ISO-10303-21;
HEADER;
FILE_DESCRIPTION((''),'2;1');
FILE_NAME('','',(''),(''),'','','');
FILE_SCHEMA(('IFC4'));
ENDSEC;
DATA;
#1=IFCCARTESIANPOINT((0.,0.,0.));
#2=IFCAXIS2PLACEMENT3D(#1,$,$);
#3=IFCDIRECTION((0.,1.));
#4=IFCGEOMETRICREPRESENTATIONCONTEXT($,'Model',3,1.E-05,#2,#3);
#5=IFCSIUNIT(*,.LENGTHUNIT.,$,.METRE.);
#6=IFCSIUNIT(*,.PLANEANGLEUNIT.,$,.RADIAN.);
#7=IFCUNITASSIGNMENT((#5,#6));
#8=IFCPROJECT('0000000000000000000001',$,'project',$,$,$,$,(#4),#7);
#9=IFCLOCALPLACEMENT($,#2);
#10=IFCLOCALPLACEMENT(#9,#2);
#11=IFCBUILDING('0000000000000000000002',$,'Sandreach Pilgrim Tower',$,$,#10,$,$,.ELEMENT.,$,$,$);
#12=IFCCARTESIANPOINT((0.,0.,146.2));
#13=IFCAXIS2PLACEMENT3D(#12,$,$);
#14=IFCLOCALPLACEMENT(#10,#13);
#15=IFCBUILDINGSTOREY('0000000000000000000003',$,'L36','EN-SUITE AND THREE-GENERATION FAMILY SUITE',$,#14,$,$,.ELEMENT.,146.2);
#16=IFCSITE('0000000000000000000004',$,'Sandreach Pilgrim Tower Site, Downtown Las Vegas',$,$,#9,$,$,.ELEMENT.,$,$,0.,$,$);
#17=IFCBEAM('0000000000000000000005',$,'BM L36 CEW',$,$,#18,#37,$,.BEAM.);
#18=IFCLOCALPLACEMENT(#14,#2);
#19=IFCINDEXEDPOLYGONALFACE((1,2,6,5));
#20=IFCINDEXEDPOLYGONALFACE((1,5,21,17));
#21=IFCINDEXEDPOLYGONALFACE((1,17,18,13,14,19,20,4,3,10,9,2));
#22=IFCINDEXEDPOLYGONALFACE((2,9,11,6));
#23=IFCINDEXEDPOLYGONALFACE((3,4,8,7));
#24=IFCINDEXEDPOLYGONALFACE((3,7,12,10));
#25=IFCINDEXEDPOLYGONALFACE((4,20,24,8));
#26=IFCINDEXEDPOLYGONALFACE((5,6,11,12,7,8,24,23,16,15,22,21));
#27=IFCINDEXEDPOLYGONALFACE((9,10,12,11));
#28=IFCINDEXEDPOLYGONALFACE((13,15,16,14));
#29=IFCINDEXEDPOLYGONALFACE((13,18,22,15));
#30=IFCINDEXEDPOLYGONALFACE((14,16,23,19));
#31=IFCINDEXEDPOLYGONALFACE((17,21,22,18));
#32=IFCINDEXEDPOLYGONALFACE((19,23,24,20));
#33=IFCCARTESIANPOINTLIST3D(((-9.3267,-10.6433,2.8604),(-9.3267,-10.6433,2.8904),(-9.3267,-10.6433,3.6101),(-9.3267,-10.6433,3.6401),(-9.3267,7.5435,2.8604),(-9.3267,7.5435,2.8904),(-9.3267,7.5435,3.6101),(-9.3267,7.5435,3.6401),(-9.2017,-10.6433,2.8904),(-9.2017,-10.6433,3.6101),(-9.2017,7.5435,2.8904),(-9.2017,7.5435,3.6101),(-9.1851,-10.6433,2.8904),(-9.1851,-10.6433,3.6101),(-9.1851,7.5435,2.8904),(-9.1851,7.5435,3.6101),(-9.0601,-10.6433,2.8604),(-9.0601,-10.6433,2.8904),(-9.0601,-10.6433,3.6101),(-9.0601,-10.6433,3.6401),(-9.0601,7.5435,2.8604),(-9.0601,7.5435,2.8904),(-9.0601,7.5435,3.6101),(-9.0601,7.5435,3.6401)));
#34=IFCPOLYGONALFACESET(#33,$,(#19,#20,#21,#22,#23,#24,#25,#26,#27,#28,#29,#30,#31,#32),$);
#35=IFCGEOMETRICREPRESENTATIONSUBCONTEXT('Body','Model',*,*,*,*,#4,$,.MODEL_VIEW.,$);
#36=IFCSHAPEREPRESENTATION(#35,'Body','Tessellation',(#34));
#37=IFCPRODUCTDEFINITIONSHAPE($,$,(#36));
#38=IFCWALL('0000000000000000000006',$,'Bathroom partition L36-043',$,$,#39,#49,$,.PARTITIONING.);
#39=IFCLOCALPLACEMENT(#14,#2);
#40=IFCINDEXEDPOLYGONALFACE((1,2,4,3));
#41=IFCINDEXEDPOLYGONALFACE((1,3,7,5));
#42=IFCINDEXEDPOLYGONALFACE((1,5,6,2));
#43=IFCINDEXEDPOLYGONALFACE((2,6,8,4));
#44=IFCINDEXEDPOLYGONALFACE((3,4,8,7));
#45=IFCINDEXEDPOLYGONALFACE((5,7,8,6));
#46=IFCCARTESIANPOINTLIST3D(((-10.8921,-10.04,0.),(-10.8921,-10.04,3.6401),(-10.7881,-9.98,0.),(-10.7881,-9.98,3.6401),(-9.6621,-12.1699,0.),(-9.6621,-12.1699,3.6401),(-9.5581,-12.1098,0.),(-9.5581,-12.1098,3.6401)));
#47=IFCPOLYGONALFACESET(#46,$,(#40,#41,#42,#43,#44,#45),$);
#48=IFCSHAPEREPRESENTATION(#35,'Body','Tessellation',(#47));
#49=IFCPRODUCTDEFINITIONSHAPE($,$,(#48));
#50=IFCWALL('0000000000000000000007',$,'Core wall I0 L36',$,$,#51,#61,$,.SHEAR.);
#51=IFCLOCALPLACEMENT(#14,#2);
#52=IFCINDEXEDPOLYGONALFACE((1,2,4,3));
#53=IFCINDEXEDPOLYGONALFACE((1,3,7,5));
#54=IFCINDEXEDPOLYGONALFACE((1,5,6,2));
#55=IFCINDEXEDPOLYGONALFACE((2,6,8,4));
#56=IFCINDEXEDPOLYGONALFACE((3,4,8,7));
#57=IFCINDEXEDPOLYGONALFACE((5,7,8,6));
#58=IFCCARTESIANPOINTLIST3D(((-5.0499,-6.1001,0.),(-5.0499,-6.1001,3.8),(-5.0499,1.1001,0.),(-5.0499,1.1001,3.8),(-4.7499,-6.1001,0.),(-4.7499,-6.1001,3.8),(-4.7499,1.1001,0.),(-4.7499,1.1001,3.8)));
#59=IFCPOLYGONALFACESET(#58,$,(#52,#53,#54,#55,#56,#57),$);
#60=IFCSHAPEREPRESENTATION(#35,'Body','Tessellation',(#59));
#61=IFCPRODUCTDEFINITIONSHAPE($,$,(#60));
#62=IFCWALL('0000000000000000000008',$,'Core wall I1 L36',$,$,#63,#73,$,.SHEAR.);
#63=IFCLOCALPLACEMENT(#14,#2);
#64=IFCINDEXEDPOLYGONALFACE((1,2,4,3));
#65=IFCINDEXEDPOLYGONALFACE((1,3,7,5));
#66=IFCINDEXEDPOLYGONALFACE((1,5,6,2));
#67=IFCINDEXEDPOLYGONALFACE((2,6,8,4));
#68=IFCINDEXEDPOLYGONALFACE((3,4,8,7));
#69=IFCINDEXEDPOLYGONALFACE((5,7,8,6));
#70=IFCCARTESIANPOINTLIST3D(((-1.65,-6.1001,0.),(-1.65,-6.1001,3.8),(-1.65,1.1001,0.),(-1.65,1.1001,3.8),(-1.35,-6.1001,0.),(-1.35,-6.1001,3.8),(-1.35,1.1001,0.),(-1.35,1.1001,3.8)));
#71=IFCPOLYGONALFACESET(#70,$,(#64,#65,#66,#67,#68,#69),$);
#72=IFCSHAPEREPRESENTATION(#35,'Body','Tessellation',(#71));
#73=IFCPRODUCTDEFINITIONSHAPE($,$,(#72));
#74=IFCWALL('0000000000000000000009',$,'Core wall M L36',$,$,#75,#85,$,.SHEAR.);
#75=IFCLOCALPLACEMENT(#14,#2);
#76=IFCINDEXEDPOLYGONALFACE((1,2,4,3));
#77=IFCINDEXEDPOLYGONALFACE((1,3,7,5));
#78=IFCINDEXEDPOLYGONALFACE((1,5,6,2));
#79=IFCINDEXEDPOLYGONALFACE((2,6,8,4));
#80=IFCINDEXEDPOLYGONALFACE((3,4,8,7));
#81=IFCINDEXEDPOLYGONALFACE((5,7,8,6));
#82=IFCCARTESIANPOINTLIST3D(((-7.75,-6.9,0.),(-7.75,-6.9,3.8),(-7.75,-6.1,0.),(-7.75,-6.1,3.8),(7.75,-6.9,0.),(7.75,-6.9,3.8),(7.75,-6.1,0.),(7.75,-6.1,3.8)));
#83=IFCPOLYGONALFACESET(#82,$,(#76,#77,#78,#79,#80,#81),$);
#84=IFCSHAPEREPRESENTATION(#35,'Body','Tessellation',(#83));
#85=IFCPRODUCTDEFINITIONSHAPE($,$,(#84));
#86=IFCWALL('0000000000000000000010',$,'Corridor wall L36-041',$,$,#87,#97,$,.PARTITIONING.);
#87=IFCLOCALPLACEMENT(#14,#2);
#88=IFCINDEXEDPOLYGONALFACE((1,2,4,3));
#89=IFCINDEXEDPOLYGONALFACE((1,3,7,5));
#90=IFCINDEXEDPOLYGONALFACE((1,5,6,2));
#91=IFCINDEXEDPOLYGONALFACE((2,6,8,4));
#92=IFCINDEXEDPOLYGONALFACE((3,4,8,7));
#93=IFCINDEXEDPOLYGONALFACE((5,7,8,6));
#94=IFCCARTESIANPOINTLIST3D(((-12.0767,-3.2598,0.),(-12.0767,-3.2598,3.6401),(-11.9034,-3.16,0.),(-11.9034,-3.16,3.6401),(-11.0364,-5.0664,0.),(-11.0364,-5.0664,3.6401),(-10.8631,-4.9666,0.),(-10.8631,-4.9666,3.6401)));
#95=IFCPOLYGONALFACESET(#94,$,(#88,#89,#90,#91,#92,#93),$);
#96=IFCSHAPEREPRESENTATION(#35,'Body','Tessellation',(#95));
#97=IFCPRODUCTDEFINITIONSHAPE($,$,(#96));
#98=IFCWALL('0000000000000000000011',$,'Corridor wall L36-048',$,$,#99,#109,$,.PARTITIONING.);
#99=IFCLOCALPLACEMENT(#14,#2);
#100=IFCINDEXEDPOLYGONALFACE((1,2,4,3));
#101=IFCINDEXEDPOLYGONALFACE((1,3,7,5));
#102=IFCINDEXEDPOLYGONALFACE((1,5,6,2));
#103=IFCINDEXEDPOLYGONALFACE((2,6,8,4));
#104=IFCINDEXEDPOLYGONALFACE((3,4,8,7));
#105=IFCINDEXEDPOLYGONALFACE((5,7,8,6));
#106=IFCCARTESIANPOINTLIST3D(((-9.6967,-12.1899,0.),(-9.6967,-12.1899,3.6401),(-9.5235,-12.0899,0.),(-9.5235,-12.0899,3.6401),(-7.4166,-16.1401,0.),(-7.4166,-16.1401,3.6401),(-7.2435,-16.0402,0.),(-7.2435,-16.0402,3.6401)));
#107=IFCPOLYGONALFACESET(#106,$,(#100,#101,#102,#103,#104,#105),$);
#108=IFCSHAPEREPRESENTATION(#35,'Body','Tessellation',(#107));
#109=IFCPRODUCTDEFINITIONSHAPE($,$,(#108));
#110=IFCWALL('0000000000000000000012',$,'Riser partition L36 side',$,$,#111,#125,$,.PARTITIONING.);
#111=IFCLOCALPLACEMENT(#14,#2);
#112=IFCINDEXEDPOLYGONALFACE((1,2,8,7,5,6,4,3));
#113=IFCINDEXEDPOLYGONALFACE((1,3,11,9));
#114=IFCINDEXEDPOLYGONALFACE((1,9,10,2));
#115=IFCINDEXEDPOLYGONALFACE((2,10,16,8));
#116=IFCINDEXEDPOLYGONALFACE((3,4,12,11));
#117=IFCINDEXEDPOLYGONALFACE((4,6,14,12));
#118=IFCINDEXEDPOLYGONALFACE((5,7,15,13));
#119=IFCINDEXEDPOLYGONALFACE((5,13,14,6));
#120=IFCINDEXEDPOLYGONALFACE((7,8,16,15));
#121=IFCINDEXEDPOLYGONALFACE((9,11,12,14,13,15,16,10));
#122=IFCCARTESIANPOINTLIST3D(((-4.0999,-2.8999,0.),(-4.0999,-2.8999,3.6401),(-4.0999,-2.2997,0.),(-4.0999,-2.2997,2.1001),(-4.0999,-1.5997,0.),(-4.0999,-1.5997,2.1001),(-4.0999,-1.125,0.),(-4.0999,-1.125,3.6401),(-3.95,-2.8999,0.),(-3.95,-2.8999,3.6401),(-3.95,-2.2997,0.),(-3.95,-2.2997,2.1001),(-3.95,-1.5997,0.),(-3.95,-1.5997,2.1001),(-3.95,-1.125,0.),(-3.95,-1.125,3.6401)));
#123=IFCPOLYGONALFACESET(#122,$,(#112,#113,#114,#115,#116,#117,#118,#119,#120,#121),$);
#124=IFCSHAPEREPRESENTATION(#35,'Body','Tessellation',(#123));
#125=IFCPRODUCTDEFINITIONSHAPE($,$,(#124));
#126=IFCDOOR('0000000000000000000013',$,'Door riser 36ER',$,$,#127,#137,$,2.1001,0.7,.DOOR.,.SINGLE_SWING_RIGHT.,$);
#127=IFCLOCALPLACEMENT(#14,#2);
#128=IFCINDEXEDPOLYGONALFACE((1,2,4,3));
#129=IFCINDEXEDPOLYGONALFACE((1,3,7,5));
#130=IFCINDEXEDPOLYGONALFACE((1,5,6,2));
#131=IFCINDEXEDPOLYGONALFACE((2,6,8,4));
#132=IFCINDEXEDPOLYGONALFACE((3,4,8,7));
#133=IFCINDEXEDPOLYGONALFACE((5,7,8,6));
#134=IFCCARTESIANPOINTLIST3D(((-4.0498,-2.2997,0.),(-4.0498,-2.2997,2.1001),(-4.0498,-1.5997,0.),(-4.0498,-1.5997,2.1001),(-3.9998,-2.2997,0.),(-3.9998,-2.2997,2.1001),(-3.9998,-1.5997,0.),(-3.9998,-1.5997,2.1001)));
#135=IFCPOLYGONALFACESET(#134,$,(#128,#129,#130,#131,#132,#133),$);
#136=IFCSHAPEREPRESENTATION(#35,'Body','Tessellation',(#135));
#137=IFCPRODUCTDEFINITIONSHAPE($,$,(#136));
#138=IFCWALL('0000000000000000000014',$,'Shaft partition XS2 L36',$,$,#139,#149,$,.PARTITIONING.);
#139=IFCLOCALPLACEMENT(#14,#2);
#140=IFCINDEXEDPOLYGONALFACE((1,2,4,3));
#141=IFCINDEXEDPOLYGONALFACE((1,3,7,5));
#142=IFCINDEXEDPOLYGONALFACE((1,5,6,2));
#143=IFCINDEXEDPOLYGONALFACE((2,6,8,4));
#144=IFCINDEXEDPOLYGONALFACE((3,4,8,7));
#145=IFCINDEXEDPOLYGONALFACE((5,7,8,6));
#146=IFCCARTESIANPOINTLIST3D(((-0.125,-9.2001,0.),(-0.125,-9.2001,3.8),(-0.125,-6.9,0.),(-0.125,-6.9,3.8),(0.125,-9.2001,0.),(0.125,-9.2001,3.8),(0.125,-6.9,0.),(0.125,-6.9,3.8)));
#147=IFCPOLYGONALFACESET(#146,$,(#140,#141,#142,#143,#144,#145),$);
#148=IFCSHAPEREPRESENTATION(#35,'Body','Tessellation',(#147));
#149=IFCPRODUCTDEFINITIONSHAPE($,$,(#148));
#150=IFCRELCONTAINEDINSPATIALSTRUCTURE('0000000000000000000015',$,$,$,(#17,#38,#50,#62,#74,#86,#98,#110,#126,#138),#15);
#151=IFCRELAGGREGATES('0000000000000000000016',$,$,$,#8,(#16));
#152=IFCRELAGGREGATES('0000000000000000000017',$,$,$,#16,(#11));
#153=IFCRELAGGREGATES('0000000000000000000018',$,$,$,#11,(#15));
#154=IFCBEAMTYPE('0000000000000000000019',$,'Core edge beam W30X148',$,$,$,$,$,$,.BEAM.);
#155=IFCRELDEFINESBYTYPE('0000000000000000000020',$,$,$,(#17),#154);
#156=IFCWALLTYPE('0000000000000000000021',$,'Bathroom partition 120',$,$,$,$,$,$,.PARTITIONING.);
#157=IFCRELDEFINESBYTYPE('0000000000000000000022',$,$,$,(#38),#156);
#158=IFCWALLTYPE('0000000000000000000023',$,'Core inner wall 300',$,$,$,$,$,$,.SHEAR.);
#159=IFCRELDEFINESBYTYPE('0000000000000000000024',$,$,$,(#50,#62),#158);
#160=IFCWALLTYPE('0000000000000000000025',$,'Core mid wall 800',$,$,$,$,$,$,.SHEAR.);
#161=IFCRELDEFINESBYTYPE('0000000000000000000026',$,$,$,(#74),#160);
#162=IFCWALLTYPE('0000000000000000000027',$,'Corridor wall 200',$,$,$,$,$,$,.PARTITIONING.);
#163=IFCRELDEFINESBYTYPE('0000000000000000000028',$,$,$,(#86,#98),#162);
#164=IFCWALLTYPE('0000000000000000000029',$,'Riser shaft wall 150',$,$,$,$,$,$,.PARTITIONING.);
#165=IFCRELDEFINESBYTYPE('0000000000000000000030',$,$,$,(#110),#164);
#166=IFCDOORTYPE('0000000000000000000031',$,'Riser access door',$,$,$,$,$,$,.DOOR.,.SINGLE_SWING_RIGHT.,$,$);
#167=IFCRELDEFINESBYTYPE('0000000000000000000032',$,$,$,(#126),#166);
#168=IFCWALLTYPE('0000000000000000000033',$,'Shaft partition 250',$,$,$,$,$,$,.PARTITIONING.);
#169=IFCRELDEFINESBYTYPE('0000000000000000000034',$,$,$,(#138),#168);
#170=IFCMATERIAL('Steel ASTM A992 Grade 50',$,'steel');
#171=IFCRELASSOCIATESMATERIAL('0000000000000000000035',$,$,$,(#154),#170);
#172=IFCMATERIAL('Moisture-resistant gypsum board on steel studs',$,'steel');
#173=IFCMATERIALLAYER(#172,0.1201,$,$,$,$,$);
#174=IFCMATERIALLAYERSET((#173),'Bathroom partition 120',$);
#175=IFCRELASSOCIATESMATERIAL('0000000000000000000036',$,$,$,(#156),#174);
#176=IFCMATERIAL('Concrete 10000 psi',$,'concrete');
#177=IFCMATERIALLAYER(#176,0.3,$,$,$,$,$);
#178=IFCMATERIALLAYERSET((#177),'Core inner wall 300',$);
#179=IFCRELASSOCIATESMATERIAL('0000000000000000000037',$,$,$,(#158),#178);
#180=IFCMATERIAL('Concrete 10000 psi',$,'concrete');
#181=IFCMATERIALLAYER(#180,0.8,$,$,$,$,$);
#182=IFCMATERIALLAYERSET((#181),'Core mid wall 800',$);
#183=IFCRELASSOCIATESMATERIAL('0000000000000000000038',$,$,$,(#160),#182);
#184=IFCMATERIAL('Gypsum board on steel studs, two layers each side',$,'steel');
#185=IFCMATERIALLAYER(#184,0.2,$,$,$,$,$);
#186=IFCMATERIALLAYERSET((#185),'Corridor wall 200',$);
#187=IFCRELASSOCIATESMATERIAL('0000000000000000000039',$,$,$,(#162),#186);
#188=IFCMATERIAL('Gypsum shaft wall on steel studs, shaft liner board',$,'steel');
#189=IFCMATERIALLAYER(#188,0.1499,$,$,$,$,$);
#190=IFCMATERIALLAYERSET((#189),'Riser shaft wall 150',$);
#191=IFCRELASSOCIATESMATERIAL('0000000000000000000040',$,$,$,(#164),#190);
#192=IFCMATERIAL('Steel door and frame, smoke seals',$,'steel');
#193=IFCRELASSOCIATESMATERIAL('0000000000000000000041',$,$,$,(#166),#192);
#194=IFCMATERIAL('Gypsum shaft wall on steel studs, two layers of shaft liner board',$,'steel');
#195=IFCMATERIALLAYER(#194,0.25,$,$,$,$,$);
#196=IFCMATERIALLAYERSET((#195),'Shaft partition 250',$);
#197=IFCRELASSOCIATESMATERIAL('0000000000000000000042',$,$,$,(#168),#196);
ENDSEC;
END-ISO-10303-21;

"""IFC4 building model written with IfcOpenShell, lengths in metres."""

from ifc_helpers import new_model, si_unit, direction, frame, frame_2d, origin, origin_2d, place, context, subcontext, project, spatial, rectangle, i_section, extrude, material, layer, layer_set, material_profile, profile_set, type_object, element, fill, save


model = new_model("IFC4")

# Units and contexts
model_context = context("Model", 3, precision=1e-05, world=origin(), true_north=direction((0.0, 1.0)))
body_context = subcontext(model_context, "Body", "Model", "MODEL_VIEW")
ifc_project = project(units=[si_unit("LENGTHUNIT", "METRE"), si_unit("PLANEANGLEUNIT", "RADIAN")], contexts=[model_context])

# Site, building, storey
site_placement = place(None, origin())
site = spatial("IfcSite", under=ifc_project, at=site_placement, Name="Sandreach Pilgrim Tower Site, Downtown Las Vegas", CompositionType="ELEMENT", RefElevation=0.0)
building_placement = place(site_placement, origin())
building = spatial("IfcBuilding", under=site, at=building_placement, Name="Sandreach Pilgrim Tower", CompositionType="ELEMENT")
storey_placement = place(building_placement, frame((0.0, 0.0, 146.2)))
storey = spatial("IfcBuildingStorey", under=building, at=storey_placement, Name="L36", Description="EN-SUITE AND THREE-GENERATION FAMILY SUITE", CompositionType="ELEMENT", Elevation=146.2)

# Beam
ifc_material_1 = material(Name="Steel ASTM A992 Grade 50", Category="steel")
ifc_material_profile = material_profile(ifc_material_1, i_section(OverallWidth=0.2666, OverallDepth=0.7798, WebThickness=0.0166, FlangeThickness=0.03, at=origin_2d()), Name="W30X148")
ifc_profile_set = profile_set([ifc_material_profile], Name="Steel ASTM A992 Grade 50")
beam_type = type_object("IfcBeamType", Name="Core edge beam W30X148", PredefinedType="BEAM", material=ifc_profile_set)
beam_placement = place(storey_placement, frame((-9.1934, -10.6433, 3.2502), z_axis=(0.0, 1.0, 0.0), x_axis=(-1.0, 0.0, 0.0)))
element("IfcBeam", 1, at=beam_placement, inside=storey, type_object=beam_type, Name="BM L36 CEW", PredefinedType="BEAM", context=body_context, shape_type="SweptSolid", body=[
    extrude(i_section(OverallWidth=0.2666, OverallDepth=0.7798, WebThickness=0.0166, FlangeThickness=0.03, at=origin_2d()), origin(), (0.0, 0.0, 1.0), 18.1868),
])

# Walls
ifc_material_2 = material(Name="Moisture-resistant gypsum board on steel studs", Category="steel")
ifc_layer_1 = layer(ifc_material_2, 0.1201)
ifc_layer_set_1 = layer_set([ifc_layer_1], Name="Bathroom partition 120")
wall_type_1 = type_object("IfcWallType", Name="Bathroom partition 120", PredefinedType="PARTITIONING", material=ifc_layer_set_1)
wall_1_placement = place(storey_placement, frame((-10.8401, -10.01, 0.0), z_axis=(0.0, 0.0, 1.0), x_axis=(0.500089, -0.865974, 0.0)))
element("IfcWall", 2, at=wall_1_placement, inside=storey, type_object=wall_type_1, Name="Bathroom partition L36-043", PredefinedType="PARTITIONING", context=body_context, shape_type="SweptSolid", body=[
    extrude(rectangle(XDim=2.4595, YDim=0.1201, at=frame_2d((1.2297, 0.0))), origin(), (0.0, 0.0, 1.0), 3.6401),
])
ifc_material_3 = material(Name="Concrete 10000 psi", Category="concrete")
ifc_layer_2 = layer(ifc_material_3, 0.3)
ifc_layer_set_2 = layer_set([ifc_layer_2], Name="Core inner wall 300")
wall_type_2 = type_object("IfcWallType", Name="Core inner wall 300", PredefinedType="SHEAR", material=ifc_layer_set_2)
for number, where, z_axis, x_axis, name in (
    (3, (-4.8999, -6.1001, 0.0), (0.0, 0.0, 1.0), (0.0, 1.0, 0.0), "Core wall I0 L36"),
    (4, (-1.5, -6.1001, 0.0), (0.0, 0.0, 1.0), (0.0, 1.0, 0.0), "Core wall I1 L36"),
):
    element("IfcWall", number, at=place(storey_placement, frame(where, z_axis=z_axis, x_axis=x_axis)), inside=storey, type_object=wall_type_2, Name=name, PredefinedType="SHEAR", context=body_context, shape_type="SweptSolid", body=[
        extrude(rectangle(XDim=7.2002, YDim=0.3, at=frame_2d((3.6001, 0.0))), origin(), (0.0, 0.0, 1.0), 3.8),
    ])

# Wall
ifc_material_4 = material(Name="Concrete 10000 psi", Category="concrete")
ifc_layer_3 = layer(ifc_material_4, 0.8)
ifc_layer_set_3 = layer_set([ifc_layer_3], Name="Core mid wall 800")
wall_type_3 = type_object("IfcWallType", Name="Core mid wall 800", PredefinedType="SHEAR", material=ifc_layer_set_3)
wall_2_placement = place(storey_placement, frame((-7.75, -6.5, 0.0), z_axis=(0.0, 0.0, 1.0), x_axis=(1.0, 0.0, 0.0)))
element("IfcWall", 5, at=wall_2_placement, inside=storey, type_object=wall_type_3, Name="Core wall M L36", PredefinedType="SHEAR", context=body_context, shape_type="SweptSolid", body=[
    extrude(rectangle(XDim=15.5, YDim=0.8, at=frame_2d((7.75, 0.0))), origin(), (0.0, 0.0, 1.0), 3.8),
])

# Shared definitions
ifc_material_5 = material(Name="Gypsum board on steel studs, two layers each side", Category="steel")
ifc_layer_4 = layer(ifc_material_5, 0.2)
ifc_layer_set_4 = layer_set([ifc_layer_4], Name="Corridor wall 200")
wall_type_4 = type_object("IfcWallType", Name="Corridor wall 200", PredefinedType="PARTITIONING", material=ifc_layer_set_4)

# Walls
wall_3_placement = place(storey_placement, frame((-10.9497, -5.0166, 0.0), z_axis=(0.0, 0.0, 1.0), x_axis=(-0.498999, 0.866603, 0.0)))
element("IfcWall", 6, at=wall_3_placement, inside=storey, type_object=wall_type_4, Name="Corridor wall L36-041", PredefinedType="PARTITIONING", context=body_context, shape_type="SweptSolid", body=[
    extrude(rectangle(XDim=2.0847, YDim=0.2, at=frame_2d((1.0425, 0.0))), origin(), (0.0, 0.0, 1.0), 3.6401),
])
wall_4_placement = place(storey_placement, frame((-9.6101, -12.1399, 0.0), z_axis=(0.0, 0.0, 1.0), x_axis=(0.499899, -0.866084, 0.0)))
element("IfcWall", 7, at=wall_4_placement, inside=storey, type_object=wall_type_4, Name="Corridor wall L36-048", PredefinedType="PARTITIONING", context=body_context, shape_type="SweptSolid", body=[
    extrude(rectangle(XDim=4.561, YDim=0.2, at=frame_2d((2.2805, 0.0))), origin(), (0.0, 0.0, 1.0), 3.6401),
])

# Wall, opening, door
ifc_material_6 = material(Name="Gypsum shaft wall on steel studs, shaft liner board", Category="steel")
ifc_layer_5 = layer(ifc_material_6, 0.1499)
ifc_layer_set_5 = layer_set([ifc_layer_5], Name="Riser shaft wall 150")
wall_type_5 = type_object("IfcWallType", Name="Riser shaft wall 150", PredefinedType="PARTITIONING", material=ifc_layer_set_5)
wall_5_placement = place(storey_placement, frame((-4.0249, -2.8999, 0.0), z_axis=(0.0, 0.0, 1.0), x_axis=(0.0, 1.0, 0.0)))
wall_5 = element("IfcWall", 8, at=wall_5_placement, inside=storey, type_object=wall_type_5, Name="Riser partition L36 side", PredefinedType="PARTITIONING", context=body_context, shape_type="SweptSolid", body=[
    extrude(rectangle(XDim=1.7749, YDim=0.1499, at=frame_2d((0.8875, 0.0))), origin(), (0.0, 0.0, 1.0), 3.6401),
])
opening_1_placement = place(wall_5_placement, frame((0.6001, 0.0, 0.0)))
opening_1 = element("IfcOpeningElement", 9, at=opening_1_placement, cuts=wall_5, PredefinedType="OPENING", context=body_context, shape_type="SweptSolid", body=[
    extrude(rectangle(XDim=0.7, YDim=2.1001, at=frame_2d((0.3501, 1.05))), frame((0.0, 0.075, 0.0), z_axis=(0.0, -1.0, 0.0), x_axis=(1.0, 0.0, 0.0)), (0.0, 0.0, 1.0), 0.1499),
])
ifc_material_7 = material(Name="Steel door and frame, smoke seals", Category="steel")
door_type_1 = type_object("IfcDoorType", Name="Riser access door", OperationType="SINGLE_SWING_RIGHT", PredefinedType="DOOR", material=ifc_material_7)
door_1_placement = place(opening_1_placement, origin())
door_1 = element("IfcDoor", 10, at=door_1_placement, inside=storey, type_object=door_type_1, Name="Door riser 36ER", OperationType="SINGLE_SWING_RIGHT", OverallHeight=2.1001, OverallWidth=0.7, PredefinedType="DOOR", context=body_context, shape_type="SweptSolid", body=[
    extrude(rectangle(XDim=0.7, YDim=2.1001, at=frame_2d((0.3501, 1.05))), frame((0.0, 0.0249, 0.0), z_axis=(0.0, -1.0, 0.0), x_axis=(1.0, 0.0, 0.0)), (0.0, 0.0, 1.0), 0.05),
])
fill(opening_1, door_1)

# Wall
ifc_material_8 = material(Name="Gypsum shaft wall on steel studs, two layers of shaft liner board", Category="steel")
ifc_layer_6 = layer(ifc_material_8, 0.25)
ifc_layer_set_6 = layer_set([ifc_layer_6], Name="Shaft partition 250")
wall_type_6 = type_object("IfcWallType", Name="Shaft partition 250", PredefinedType="PARTITIONING", material=ifc_layer_set_6)
wall_6_placement = place(storey_placement, frame((0.0, -9.2, 0.0), z_axis=(0.0, 0.0, 1.0), x_axis=(0.0, 1.0, 0.0)))
element("IfcWall", 11, at=wall_6_placement, inside=storey, type_object=wall_type_6, Name="Shaft partition XS2 L36", PredefinedType="PARTITIONING", context=body_context, shape_type="SweptSolid", body=[
    extrude(rectangle(XDim=2.3, YDim=0.25, at=frame_2d((1.1499, 0.0))), origin(), (0.0, 0.0, 1.0), 3.8),
])

save(model, "model.ifc")
